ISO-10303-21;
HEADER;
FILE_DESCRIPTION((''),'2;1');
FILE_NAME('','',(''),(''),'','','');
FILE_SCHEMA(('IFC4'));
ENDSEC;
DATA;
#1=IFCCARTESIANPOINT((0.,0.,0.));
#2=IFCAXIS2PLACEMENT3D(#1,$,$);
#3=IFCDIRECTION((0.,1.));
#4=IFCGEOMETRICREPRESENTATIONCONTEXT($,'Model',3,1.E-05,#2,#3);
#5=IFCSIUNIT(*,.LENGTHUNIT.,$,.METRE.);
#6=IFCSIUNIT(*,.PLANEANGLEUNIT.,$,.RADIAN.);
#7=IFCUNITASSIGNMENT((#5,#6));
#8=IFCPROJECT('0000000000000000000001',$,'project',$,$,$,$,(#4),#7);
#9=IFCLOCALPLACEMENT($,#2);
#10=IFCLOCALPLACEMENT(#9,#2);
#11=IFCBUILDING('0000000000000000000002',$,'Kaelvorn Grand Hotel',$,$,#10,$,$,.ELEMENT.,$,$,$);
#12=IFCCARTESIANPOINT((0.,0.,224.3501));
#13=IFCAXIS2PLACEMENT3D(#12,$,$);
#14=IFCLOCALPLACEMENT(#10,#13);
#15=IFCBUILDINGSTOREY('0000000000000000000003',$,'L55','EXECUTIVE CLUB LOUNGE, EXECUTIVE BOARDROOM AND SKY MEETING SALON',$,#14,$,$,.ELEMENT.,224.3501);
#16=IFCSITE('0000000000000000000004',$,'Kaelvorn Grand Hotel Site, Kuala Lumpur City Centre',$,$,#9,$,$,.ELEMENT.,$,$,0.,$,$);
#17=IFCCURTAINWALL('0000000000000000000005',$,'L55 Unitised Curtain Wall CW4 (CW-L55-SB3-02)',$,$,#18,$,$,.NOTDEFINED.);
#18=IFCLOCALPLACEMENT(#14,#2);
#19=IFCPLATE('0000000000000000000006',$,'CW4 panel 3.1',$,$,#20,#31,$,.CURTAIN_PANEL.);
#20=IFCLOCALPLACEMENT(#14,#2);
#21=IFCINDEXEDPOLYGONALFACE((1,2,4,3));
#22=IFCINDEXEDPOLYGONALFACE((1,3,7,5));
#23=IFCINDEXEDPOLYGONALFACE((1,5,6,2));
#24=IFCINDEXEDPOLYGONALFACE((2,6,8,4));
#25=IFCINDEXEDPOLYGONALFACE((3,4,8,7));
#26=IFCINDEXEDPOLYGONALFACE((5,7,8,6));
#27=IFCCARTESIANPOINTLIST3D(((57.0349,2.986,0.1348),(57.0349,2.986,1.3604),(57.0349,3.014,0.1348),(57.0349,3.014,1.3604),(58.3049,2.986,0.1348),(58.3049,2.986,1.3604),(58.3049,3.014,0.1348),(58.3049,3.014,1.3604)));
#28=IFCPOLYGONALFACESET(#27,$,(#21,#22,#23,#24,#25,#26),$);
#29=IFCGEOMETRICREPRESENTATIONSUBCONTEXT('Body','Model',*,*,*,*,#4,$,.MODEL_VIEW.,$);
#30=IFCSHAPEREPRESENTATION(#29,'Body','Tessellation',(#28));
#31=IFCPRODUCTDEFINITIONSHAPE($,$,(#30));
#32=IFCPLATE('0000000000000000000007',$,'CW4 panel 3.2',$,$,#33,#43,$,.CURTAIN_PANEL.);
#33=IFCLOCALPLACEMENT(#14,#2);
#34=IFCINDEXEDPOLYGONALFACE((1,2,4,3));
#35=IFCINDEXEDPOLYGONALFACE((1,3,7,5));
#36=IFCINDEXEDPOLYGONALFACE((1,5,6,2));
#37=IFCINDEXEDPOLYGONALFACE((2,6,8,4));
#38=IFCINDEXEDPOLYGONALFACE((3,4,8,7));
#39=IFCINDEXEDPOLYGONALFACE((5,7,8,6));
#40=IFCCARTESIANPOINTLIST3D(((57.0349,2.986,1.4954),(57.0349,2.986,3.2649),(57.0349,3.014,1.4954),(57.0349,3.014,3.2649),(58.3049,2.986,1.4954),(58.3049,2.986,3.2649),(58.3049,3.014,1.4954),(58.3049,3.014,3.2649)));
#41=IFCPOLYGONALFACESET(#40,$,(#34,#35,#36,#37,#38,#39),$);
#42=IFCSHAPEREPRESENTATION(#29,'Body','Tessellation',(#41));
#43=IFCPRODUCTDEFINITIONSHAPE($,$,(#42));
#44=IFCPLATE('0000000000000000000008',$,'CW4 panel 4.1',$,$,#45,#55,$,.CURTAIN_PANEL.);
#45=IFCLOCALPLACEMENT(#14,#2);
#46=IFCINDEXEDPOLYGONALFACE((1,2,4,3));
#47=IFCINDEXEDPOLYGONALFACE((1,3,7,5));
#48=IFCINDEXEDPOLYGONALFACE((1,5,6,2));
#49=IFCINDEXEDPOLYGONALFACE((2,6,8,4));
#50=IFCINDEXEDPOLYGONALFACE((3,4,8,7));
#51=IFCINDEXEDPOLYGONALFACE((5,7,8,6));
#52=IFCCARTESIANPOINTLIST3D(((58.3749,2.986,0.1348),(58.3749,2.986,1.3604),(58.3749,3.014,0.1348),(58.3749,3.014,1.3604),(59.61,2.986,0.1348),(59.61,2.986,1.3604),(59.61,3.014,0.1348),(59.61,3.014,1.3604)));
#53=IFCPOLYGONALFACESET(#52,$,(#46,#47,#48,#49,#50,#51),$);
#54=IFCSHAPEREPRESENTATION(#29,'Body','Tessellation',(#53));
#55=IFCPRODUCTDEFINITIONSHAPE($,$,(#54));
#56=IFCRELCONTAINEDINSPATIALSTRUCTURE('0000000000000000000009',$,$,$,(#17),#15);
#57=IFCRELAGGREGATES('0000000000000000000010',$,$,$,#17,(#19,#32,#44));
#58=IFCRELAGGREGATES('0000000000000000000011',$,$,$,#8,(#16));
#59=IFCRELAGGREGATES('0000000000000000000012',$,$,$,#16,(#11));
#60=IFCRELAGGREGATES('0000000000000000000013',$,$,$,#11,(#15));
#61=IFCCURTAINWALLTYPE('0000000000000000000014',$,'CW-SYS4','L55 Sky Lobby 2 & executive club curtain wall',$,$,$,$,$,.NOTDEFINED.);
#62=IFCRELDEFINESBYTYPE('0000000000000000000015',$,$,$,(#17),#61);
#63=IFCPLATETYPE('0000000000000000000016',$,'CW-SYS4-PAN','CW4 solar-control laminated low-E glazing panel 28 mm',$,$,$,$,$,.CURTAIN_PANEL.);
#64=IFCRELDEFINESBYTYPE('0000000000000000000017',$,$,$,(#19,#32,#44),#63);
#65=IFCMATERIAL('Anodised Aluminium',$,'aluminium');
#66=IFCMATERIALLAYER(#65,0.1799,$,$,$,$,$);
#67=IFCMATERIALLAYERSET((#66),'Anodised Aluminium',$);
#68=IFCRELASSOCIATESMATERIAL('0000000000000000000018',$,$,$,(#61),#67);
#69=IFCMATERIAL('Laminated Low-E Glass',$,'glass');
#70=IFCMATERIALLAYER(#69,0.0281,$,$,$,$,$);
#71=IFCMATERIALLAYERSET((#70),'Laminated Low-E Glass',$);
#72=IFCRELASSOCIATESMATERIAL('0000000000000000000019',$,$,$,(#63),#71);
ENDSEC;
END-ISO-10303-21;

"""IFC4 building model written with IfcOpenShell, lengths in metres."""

from ifc_helpers import new_model, si_unit, direction, frame, origin, origin_2d, place, context, subcontext, project, spatial, rectangle, extrude, material, layer, layer_set, type_object, element, aggregate, save


model = new_model("IFC4")

# Units and contexts
model_context = context("Model", 3, precision=1e-05, world=origin(), true_north=direction((0.0, 1.0)))
body_context = subcontext(model_context, "Body", "Model", "MODEL_VIEW")
ifc_project = project(units=[si_unit("LENGTHUNIT", "METRE"), si_unit("PLANEANGLEUNIT", "RADIAN")], contexts=[model_context])

# Site, building, storey
site_placement = place(None, origin())
site = spatial("IfcSite", under=ifc_project, at=site_placement, Name="Kaelvorn Grand Hotel Site, Kuala Lumpur City Centre", CompositionType="ELEMENT", RefElevation=0.0)
building_placement = place(site_placement, origin())
building = spatial("IfcBuilding", under=site, at=building_placement, Name="Kaelvorn Grand Hotel", CompositionType="ELEMENT")
storey_placement = place(building_placement, frame((0.0, 0.0, 224.3501)))
storey = spatial("IfcBuildingStorey", under=building, at=storey_placement, Name="L55", Description="EXECUTIVE CLUB LOUNGE, EXECUTIVE BOARDROOM AND SKY MEETING SALON", CompositionType="ELEMENT", Elevation=224.3501)

# Curtain wall, plates
ifc_material_1 = material(Name="Anodised Aluminium", Category="aluminium")
ifc_layer_1 = layer(ifc_material_1, 0.1799)
ifc_layer_set_1 = layer_set([ifc_layer_1], Name="Anodised Aluminium")
curtain_wall_type = type_object("IfcCurtainWallType", Name="CW-SYS4", Description="L55 Sky Lobby 2 & executive club curtain wall", PredefinedType="NOTDEFINED", material=ifc_layer_set_1)
curtain_wall_placement = place(storey_placement, origin())
curtain_wall = element("IfcCurtainWall", 1, at=curtain_wall_placement, inside=storey, type_object=curtain_wall_type, Name="L55 Unitised Curtain Wall CW4 (CW-L55-SB3-02)", PredefinedType="NOTDEFINED")
ifc_material_2 = material(Name="Laminated Low-E Glass", Category="glass")
ifc_layer_2 = layer(ifc_material_2, 0.0281)
ifc_layer_set_2 = layer_set([ifc_layer_2], Name="Laminated Low-E Glass")
plate_type = type_object("IfcPlateType", Name="CW-SYS4-PAN", Description="CW4 solar-control laminated low-E glazing panel 28 mm", PredefinedType="CURTAIN_PANEL", material=ifc_layer_set_2)
plate_1_placement = place(storey_placement, frame((57.6699, 3.0, 0.1348), z_axis=(0.0, 0.0, 1.0), x_axis=(1.0, 0.0, 0.0)))
plate_1 = element("IfcPlate", 2, at=plate_1_placement, type_object=plate_type, Name="CW4 panel 3.1", PredefinedType="CURTAIN_PANEL", context=body_context, shape_type="SweptSolid", body=[
    extrude(rectangle(XDim=1.27, YDim=0.0281, at=origin_2d()), origin(), (0.0, 0.0, 1.0), 1.2256),
])
plate_2_placement = place(storey_placement, frame((57.6699, 3.0, 1.4954), z_axis=(0.0, 0.0, 1.0), x_axis=(1.0, 0.0, 0.0)))
plate_2 = element("IfcPlate", 3, at=plate_2_placement, type_object=plate_type, Name="CW4 panel 3.2", PredefinedType="CURTAIN_PANEL", context=body_context, shape_type="SweptSolid", body=[
    extrude(rectangle(XDim=1.27, YDim=0.0281, at=origin_2d()), origin(), (0.0, 0.0, 1.0), 1.7695),
])
plate_3_placement = place(storey_placement, frame((58.9924, 3.0, 0.1348), z_axis=(0.0, 0.0, 1.0), x_axis=(1.0, 0.0, 0.0)))
plate_3 = element("IfcPlate", 4, at=plate_3_placement, type_object=plate_type, Name="CW4 panel 4.1", PredefinedType="CURTAIN_PANEL", context=body_context, shape_type="SweptSolid", body=[
    extrude(rectangle(XDim=1.2351, YDim=0.0281, at=origin_2d()), origin(), (0.0, 0.0, 1.0), 1.2256),
])
aggregate(curtain_wall, [plate_1, plate_2, plate_3])

save(model, "model.ifc")
